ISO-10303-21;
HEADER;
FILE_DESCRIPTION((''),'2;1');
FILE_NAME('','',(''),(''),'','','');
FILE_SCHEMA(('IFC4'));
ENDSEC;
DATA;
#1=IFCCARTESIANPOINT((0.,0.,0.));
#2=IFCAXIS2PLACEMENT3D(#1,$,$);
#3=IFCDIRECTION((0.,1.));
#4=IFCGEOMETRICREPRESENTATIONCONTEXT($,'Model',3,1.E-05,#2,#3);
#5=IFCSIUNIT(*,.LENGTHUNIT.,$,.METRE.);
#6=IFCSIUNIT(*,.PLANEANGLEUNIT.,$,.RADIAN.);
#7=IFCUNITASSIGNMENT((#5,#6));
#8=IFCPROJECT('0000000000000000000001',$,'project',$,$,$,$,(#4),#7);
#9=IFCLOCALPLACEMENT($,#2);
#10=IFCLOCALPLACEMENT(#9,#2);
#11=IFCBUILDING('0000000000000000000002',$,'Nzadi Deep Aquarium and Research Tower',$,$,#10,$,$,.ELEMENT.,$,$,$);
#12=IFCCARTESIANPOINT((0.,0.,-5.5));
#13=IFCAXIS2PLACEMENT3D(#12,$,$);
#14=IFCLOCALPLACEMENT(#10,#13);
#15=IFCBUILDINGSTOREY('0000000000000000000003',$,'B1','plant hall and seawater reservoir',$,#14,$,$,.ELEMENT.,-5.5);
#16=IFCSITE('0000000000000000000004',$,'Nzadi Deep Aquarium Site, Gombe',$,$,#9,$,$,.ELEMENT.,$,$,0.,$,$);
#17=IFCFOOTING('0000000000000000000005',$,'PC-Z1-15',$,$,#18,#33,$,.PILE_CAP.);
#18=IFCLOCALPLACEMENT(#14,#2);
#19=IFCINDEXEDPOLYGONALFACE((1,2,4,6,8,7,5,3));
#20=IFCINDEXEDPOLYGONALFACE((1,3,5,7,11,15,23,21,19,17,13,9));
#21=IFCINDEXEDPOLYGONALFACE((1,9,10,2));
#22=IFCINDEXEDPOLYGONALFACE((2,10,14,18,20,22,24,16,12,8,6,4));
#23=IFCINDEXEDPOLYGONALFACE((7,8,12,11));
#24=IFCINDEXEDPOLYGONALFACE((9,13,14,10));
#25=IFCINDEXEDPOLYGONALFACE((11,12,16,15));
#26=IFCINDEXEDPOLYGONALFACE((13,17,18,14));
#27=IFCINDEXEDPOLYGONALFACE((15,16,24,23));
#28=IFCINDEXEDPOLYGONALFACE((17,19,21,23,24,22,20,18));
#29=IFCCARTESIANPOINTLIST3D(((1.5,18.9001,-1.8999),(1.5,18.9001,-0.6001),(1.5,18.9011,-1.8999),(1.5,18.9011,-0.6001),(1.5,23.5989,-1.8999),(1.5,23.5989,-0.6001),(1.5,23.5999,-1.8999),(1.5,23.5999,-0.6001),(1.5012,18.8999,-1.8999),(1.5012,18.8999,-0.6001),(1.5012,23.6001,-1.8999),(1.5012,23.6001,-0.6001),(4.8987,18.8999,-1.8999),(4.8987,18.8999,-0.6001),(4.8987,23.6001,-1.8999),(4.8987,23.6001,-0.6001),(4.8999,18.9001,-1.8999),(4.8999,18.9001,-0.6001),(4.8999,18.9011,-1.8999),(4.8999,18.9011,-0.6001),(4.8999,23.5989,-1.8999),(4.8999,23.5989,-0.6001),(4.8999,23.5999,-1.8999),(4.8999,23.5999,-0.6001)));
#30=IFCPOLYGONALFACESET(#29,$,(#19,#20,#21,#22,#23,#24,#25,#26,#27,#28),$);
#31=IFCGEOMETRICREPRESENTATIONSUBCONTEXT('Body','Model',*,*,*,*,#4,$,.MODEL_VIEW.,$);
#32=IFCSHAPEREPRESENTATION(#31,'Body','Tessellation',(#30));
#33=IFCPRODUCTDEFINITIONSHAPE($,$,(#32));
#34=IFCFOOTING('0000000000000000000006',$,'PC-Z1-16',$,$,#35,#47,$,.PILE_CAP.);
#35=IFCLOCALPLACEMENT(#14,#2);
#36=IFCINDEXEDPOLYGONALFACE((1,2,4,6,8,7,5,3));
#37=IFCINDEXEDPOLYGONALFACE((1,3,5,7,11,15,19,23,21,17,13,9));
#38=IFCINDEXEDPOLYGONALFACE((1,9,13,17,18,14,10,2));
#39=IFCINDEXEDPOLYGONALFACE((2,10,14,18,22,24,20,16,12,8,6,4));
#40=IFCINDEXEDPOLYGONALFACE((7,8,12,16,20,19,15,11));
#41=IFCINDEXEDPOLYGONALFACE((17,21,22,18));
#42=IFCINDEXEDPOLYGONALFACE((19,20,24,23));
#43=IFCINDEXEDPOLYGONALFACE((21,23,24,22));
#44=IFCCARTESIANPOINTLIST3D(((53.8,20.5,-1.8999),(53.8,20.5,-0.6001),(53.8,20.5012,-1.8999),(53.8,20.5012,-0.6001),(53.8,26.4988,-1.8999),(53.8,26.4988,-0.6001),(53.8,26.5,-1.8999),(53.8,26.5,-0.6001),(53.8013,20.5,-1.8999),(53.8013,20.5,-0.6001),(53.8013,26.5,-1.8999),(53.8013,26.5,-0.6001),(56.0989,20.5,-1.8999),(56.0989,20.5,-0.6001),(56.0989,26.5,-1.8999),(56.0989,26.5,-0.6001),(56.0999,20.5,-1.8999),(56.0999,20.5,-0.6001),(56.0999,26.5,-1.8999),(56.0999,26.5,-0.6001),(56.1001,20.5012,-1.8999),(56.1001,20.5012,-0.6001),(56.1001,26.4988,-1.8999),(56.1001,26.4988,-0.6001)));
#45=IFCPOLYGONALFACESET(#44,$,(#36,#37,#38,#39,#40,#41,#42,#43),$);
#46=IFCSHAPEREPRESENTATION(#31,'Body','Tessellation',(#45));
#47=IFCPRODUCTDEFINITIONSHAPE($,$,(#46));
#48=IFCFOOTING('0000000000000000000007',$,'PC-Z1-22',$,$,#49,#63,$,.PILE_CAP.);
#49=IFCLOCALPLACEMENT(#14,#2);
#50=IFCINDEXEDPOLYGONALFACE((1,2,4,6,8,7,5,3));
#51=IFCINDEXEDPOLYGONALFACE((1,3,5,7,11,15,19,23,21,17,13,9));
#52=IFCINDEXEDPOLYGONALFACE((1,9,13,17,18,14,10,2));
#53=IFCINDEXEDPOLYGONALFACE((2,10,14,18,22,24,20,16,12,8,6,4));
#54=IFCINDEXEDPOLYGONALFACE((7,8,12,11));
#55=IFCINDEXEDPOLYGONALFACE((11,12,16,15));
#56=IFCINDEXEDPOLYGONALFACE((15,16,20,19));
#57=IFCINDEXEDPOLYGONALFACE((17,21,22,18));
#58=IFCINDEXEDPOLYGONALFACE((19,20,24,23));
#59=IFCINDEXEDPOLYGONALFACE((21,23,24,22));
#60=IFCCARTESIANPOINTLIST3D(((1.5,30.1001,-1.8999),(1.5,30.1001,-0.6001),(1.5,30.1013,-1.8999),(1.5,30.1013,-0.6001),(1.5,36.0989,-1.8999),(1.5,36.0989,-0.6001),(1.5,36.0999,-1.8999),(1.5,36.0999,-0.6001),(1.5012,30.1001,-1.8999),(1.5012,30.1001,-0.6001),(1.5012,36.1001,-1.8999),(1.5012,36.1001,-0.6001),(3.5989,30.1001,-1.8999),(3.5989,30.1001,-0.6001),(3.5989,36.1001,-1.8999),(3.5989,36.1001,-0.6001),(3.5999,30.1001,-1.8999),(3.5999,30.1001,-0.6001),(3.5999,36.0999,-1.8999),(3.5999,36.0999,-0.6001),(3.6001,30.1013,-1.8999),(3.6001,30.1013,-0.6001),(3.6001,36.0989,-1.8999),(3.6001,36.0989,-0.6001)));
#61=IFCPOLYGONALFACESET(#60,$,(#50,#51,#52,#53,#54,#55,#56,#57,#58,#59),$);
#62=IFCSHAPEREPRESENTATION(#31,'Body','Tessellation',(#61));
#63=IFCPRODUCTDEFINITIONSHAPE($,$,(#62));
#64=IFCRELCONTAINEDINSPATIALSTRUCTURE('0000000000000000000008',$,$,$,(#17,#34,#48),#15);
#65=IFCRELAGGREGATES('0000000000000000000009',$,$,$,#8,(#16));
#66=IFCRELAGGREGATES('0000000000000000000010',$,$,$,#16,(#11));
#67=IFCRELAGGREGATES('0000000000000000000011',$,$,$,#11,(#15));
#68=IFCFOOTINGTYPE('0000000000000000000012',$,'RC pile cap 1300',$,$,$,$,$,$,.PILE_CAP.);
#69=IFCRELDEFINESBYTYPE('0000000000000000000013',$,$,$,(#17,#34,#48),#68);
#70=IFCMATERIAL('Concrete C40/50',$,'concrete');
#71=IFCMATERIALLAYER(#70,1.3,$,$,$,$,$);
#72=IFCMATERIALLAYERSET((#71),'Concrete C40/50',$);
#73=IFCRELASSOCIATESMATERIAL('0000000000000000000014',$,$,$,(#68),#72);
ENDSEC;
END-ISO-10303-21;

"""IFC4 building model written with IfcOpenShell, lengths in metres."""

from ifc_helpers import new_model, si_unit, direction, frame, origin, place, context, subcontext, project, spatial, polyline, outline, extrude, material, layer, layer_set, type_object, element, save


model = new_model("IFC4")

# Units and contexts
model_context = context("Model", 3, precision=1e-05, world=origin(), true_north=direction((0.0, 1.0)))
body_context = subcontext(model_context, "Body", "Model", "MODEL_VIEW")
ifc_project = project(units=[si_unit("LENGTHUNIT", "METRE"), si_unit("PLANEANGLEUNIT", "RADIAN")], contexts=[model_context])

# Site, building, storey
site_placement = place(None, origin())
site = spatial("IfcSite", under=ifc_project, at=site_placement, Name="Nzadi Deep Aquarium Site, Gombe", CompositionType="ELEMENT", RefElevation=0.0)
building_placement = place(site_placement, origin())
building = spatial("IfcBuilding", under=site, at=building_placement, Name="Nzadi Deep Aquarium and Research Tower", CompositionType="ELEMENT")
storey_placement = place(building_placement, frame((0.0, 0.0, -5.5)))
storey = spatial("IfcBuildingStorey", under=building, at=storey_placement, Name="B1", Description="plant hall and seawater reservoir", CompositionType="ELEMENT", Elevation=-5.5)

# Footings
ifc_material_1 = material(Name="Concrete C40/50", Category="concrete")
ifc_layer_1 = layer(ifc_material_1, 1.3)
ifc_layer_set_1 = layer_set([ifc_layer_1], Name="Concrete C40/50")
footing_type_1 = type_object("IfcFootingType", Name="RC pile cap 1300", PredefinedType="PILE_CAP", material=ifc_layer_set_1)
footing_1_placement = place(storey_placement, frame((0.0, 0.0, -1.8999)))
element("IfcFooting", 1, at=footing_1_placement, inside=storey, type_object=footing_type_1, Name="PC-Z1-15", PredefinedType="PILE_CAP", context=body_context, shape_type="SweptSolid", body=[
    extrude(outline(polyline([(1.5, 23.5989), (1.5, 18.9011), (1.5, 18.9001), (1.5012, 18.8999), (4.8987, 18.8999), (4.8999, 18.9001), (4.8999, 18.9011), (4.8999, 23.5989), (4.8999, 23.5999), (4.8987, 23.6001), (1.5012, 23.6001), (1.5, 23.5999), (1.5, 23.5989)])), origin(), (0.0, 0.0, 1.0), 1.2998),
])
footing_2_placement = place(storey_placement, frame((0.0, 0.0, -1.8999)))
element("IfcFooting", 2, at=footing_2_placement, inside=storey, type_object=footing_type_1, Name="PC-Z1-16", PredefinedType="PILE_CAP", context=body_context, shape_type="SweptSolid", body=[
    extrude(outline(polyline([(53.8, 26.4988), (53.8, 20.5012), (53.8, 20.5), (53.8013, 20.5), (56.0989, 20.5), (56.0999, 20.5), (56.1001, 20.5012), (56.1001, 26.4988), (56.0999, 26.5), (56.0989, 26.5), (53.8013, 26.5), (53.8, 26.5), (53.8, 26.4988)])), origin(), (0.0, 0.0, 1.0), 1.2998),
])
footing_3_placement = place(storey_placement, frame((0.0, 0.0, -1.8999)))
element("IfcFooting", 3, at=footing_3_placement, inside=storey, type_object=footing_type_1, Name="PC-Z1-22", PredefinedType="PILE_CAP", context=body_context, shape_type="SweptSolid", body=[
    extrude(outline(polyline([(1.5, 36.0989), (1.5, 30.1013), (1.5, 30.1001), (1.5012, 30.1001), (3.5989, 30.1001), (3.5999, 30.1001), (3.6001, 30.1013), (3.6001, 36.0989), (3.5999, 36.0999), (3.5989, 36.1001), (1.5012, 36.1001), (1.5, 36.0999), (1.5, 36.0989)])), origin(), (0.0, 0.0, 1.0), 1.2998),
])

save(model, "model.ifc")
